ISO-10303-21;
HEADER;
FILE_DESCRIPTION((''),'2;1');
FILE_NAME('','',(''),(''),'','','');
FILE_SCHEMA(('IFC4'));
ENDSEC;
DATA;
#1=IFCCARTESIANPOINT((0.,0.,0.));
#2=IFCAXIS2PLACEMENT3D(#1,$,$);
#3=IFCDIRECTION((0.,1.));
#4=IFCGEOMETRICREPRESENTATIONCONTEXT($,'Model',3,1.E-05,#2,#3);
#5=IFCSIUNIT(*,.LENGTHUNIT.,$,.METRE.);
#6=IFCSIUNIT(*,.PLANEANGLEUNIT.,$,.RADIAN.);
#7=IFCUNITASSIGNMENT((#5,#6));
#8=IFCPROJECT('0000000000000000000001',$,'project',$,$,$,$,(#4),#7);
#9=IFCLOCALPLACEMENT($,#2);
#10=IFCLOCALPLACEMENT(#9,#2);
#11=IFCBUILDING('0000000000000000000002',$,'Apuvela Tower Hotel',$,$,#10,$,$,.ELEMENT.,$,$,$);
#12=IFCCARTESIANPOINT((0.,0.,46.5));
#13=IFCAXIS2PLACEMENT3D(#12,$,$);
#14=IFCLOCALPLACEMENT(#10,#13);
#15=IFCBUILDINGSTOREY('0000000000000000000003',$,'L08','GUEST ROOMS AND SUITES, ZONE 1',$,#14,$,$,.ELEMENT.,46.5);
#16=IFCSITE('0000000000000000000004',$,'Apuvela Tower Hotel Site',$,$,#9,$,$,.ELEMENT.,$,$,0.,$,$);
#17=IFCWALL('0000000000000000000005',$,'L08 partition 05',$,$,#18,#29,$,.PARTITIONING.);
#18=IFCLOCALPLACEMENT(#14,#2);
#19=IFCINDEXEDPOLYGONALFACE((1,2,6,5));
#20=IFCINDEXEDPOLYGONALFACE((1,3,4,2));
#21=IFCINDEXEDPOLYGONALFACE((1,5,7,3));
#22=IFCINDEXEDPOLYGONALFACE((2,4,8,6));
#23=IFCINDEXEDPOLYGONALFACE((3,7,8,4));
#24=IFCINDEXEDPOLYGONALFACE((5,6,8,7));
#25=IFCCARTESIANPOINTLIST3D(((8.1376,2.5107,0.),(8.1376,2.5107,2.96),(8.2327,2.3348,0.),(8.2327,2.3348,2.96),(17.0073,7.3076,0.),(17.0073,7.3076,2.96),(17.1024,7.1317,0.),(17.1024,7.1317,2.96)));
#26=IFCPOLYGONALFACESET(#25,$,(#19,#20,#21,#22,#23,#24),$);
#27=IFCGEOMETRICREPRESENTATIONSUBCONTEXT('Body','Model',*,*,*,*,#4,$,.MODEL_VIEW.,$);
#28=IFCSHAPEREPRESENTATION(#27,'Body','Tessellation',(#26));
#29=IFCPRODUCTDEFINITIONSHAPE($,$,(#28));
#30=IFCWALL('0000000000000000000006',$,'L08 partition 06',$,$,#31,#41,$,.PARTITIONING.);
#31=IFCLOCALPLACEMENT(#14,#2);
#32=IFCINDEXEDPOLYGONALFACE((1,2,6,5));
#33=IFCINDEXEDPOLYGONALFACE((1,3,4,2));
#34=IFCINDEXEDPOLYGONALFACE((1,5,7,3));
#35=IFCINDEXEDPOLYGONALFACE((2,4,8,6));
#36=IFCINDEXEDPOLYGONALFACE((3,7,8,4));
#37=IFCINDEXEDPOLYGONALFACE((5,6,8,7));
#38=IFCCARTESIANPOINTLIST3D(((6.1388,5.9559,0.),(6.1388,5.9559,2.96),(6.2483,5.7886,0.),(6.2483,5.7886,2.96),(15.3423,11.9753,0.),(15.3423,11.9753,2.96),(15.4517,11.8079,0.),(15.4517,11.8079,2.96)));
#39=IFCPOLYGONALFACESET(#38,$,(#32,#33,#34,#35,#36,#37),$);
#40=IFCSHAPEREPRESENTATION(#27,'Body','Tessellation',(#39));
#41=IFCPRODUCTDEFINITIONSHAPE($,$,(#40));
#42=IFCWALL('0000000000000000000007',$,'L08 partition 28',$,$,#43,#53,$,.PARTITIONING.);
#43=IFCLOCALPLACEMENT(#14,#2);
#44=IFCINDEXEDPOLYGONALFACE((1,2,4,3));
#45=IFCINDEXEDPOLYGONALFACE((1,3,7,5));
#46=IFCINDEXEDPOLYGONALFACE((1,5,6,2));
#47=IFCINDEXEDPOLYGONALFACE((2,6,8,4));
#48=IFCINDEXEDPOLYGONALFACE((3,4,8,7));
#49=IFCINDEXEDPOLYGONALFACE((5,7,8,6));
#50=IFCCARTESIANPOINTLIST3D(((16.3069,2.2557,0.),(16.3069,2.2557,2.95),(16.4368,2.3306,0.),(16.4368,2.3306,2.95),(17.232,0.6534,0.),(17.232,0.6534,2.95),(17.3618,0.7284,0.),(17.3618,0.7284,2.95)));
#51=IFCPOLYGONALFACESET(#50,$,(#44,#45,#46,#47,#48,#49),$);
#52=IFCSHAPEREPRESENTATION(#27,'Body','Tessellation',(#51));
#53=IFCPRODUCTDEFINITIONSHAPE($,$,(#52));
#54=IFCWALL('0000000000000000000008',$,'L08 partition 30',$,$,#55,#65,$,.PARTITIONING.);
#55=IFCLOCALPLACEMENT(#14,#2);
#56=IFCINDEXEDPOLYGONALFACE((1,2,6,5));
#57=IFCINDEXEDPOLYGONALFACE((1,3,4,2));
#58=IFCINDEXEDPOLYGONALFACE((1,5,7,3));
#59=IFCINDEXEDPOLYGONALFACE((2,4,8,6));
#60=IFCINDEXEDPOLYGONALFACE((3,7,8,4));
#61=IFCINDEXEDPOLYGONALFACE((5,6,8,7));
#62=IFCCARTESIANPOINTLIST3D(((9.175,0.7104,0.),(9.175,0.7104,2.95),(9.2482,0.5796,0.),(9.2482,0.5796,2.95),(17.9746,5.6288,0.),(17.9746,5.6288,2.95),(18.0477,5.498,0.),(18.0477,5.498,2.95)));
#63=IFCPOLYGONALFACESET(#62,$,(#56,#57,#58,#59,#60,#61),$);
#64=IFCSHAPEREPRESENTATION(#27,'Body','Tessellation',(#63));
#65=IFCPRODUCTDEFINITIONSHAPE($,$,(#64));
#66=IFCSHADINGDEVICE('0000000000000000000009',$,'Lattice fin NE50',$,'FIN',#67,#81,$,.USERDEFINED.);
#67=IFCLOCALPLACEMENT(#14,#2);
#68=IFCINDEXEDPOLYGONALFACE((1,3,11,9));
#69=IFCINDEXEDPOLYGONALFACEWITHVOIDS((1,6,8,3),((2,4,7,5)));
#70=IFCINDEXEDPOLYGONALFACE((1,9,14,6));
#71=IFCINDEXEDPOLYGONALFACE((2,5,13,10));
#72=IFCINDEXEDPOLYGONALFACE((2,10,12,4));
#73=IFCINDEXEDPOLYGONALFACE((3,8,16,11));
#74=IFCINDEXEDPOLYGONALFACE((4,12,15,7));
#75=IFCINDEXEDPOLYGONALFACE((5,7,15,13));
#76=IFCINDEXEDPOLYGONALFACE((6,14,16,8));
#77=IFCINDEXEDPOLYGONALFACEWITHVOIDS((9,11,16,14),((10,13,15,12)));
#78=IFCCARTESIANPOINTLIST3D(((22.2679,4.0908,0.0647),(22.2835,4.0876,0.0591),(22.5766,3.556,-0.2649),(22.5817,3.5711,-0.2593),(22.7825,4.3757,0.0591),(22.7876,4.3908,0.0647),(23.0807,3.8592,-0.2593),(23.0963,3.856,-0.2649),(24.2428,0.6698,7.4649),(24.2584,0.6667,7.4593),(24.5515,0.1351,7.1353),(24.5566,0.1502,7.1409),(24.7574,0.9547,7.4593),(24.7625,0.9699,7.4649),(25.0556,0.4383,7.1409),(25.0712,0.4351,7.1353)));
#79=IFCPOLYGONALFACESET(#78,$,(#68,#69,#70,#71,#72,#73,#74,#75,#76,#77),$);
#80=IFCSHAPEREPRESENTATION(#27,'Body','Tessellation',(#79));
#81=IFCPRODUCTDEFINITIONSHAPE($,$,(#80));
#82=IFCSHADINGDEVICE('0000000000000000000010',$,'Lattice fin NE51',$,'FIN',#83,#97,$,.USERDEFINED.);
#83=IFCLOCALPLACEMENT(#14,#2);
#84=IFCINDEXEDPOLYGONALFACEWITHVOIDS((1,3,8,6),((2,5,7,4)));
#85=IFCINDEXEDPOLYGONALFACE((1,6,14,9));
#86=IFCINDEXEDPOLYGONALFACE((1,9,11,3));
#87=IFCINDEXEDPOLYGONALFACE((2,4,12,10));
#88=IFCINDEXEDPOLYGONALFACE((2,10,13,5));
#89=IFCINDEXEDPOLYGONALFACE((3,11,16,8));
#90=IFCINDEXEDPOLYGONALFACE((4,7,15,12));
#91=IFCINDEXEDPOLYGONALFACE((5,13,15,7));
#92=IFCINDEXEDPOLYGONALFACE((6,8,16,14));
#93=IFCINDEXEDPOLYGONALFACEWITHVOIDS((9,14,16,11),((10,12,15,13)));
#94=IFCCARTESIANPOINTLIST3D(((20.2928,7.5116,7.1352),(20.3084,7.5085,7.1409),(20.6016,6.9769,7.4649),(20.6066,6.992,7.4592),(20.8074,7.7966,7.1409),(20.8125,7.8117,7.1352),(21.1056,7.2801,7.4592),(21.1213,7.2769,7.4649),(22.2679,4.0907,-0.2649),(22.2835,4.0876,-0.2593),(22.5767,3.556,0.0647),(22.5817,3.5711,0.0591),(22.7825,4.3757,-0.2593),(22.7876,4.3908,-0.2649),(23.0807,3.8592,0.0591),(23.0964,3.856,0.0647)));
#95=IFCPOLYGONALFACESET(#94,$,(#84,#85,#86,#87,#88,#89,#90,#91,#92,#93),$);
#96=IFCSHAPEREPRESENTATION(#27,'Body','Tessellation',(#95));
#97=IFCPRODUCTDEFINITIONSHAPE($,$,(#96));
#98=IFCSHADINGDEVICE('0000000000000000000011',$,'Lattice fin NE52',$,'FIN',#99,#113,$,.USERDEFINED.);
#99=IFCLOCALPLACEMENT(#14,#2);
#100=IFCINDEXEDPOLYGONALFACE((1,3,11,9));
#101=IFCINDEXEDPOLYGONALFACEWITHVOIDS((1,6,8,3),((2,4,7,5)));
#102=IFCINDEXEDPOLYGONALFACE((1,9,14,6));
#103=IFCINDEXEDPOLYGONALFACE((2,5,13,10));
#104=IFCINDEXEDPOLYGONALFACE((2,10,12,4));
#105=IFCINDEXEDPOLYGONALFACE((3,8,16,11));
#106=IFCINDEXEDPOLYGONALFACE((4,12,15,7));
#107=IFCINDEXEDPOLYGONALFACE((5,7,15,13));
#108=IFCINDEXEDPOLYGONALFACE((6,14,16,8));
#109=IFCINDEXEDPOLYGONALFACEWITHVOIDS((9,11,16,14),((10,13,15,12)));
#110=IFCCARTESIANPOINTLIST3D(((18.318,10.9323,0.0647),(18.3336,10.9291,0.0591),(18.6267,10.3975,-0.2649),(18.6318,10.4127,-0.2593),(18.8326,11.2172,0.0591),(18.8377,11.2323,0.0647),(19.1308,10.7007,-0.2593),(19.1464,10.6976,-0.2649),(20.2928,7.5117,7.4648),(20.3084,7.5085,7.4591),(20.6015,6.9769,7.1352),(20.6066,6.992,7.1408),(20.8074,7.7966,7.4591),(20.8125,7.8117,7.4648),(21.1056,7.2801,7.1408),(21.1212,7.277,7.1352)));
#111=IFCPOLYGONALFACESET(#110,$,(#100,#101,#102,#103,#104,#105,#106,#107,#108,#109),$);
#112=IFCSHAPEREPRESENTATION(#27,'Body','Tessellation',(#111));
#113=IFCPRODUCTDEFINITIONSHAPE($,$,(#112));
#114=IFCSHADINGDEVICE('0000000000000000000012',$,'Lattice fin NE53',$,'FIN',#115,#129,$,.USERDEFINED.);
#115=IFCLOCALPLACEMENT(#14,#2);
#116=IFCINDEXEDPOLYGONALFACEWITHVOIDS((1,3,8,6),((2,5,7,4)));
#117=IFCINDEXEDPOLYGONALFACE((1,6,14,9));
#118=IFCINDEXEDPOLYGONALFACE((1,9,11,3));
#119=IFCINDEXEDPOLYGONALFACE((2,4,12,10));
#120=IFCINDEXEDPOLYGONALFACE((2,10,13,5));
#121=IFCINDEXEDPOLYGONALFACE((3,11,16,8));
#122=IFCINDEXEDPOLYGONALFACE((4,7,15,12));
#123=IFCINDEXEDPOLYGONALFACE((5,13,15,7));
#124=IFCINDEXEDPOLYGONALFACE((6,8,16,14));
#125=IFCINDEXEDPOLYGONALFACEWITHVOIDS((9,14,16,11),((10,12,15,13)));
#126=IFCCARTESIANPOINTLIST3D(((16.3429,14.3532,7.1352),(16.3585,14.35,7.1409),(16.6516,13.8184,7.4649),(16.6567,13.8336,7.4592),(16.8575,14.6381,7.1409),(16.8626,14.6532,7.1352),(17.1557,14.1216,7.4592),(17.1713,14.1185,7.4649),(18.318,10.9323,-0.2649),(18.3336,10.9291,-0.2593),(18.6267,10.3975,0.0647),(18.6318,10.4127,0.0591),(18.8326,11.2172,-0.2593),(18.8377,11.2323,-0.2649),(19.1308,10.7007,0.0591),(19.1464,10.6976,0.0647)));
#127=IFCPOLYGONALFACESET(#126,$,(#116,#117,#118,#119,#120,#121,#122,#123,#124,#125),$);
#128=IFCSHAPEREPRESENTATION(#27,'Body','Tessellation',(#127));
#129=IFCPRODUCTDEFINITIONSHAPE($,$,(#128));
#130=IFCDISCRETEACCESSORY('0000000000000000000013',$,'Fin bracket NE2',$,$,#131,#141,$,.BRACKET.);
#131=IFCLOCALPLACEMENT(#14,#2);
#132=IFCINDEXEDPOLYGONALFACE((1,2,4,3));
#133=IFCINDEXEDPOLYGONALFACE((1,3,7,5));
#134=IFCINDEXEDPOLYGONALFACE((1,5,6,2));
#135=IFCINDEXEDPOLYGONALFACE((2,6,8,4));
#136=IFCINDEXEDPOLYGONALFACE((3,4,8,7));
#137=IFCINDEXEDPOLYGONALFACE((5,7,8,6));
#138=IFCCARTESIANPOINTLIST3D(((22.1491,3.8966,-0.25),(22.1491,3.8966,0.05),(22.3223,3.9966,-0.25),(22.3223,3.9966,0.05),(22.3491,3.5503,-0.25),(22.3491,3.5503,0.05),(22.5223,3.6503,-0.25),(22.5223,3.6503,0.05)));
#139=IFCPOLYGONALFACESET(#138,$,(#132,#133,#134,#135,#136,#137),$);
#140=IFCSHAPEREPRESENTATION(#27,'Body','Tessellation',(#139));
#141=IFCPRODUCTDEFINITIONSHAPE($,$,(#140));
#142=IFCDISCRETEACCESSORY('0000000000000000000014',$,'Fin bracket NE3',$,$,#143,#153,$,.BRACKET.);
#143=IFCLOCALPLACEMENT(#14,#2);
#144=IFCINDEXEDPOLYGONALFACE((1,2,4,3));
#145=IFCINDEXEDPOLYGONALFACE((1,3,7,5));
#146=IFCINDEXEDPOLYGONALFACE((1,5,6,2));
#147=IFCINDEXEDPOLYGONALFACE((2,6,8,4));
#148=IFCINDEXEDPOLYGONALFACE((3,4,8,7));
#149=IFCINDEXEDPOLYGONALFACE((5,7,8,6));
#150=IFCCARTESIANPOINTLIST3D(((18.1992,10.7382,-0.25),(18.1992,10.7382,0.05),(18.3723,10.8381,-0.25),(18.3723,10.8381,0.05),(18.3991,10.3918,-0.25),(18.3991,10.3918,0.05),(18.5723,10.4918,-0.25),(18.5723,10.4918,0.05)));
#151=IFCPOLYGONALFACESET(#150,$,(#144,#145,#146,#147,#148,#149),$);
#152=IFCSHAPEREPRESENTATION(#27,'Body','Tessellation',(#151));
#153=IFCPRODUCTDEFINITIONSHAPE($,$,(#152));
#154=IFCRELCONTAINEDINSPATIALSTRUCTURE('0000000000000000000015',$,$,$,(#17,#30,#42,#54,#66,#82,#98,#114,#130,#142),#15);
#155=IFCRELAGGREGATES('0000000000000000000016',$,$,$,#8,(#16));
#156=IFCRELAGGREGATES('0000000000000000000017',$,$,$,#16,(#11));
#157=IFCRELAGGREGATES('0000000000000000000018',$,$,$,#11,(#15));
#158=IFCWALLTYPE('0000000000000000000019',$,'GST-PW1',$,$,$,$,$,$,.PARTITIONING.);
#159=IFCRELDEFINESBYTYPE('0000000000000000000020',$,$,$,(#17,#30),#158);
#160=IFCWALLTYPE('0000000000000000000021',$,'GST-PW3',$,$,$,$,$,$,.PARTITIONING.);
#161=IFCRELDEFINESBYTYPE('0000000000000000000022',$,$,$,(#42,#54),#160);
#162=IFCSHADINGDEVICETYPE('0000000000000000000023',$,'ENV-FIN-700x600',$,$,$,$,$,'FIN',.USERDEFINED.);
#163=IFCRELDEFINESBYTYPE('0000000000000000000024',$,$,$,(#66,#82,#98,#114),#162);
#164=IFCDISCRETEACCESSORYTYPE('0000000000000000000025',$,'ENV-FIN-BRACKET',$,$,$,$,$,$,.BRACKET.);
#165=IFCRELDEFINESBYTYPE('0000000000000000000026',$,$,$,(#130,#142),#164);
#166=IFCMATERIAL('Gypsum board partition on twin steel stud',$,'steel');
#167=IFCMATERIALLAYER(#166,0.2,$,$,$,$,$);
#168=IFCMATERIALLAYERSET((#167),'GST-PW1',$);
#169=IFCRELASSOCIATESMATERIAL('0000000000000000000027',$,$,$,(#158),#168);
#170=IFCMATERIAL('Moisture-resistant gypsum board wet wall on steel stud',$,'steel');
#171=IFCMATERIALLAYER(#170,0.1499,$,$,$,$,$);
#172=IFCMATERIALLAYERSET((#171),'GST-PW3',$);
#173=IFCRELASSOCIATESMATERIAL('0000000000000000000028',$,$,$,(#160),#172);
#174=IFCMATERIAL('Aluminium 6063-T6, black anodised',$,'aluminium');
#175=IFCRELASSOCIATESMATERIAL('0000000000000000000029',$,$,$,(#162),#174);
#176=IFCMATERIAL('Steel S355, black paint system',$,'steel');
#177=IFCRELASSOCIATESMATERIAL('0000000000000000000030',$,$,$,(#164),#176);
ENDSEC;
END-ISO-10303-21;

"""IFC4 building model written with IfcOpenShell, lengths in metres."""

from ifc_helpers import new_model, si_unit, direction, frame, frame_2d, origin, origin_2d, place, context, subcontext, project, spatial, rectangle, hollow_rectangle, extrude, material, layer, layer_set, material_profile, profile_set, type_object, element, save


model = new_model("IFC4")

# Units and contexts
model_context = context("Model", 3, precision=1e-05, world=origin(), true_north=direction((0.0, 1.0)))
body_context = subcontext(model_context, "Body", "Model", "MODEL_VIEW")
ifc_project = project(units=[si_unit("LENGTHUNIT", "METRE"), si_unit("PLANEANGLEUNIT", "RADIAN")], contexts=[model_context])

# Site, building, storey
site_placement = place(None, origin())
site = spatial("IfcSite", under=ifc_project, at=site_placement, Name="Apuvela Tower Hotel Site", CompositionType="ELEMENT", RefElevation=0.0)
building_placement = place(site_placement, origin())
building = spatial("IfcBuilding", under=site, at=building_placement, Name="Apuvela Tower Hotel", CompositionType="ELEMENT")
storey_placement = place(building_placement, frame((0.0, 0.0, 46.5)))
storey = spatial("IfcBuildingStorey", under=building, at=storey_placement, Name="L08", Description="GUEST ROOMS AND SUITES, ZONE 1", CompositionType="ELEMENT", Elevation=46.5)

# Walls
ifc_material_1 = material(Name="Gypsum board partition on twin steel stud", Category="steel")
ifc_layer_1 = layer(ifc_material_1, 0.2)
ifc_layer_set_1 = layer_set([ifc_layer_1], Name="GST-PW1")
wall_type_1 = type_object("IfcWallType", Name="GST-PW1", PredefinedType="PARTITIONING", material=ifc_layer_set_1)
wall_1_placement = place(storey_placement, frame((17.0549, 7.2197, 0.0), z_axis=(0.0, 0.0, 1.0), x_axis=(-0.879604, -0.475707, 0.0)))
element("IfcWall", 1, at=wall_1_placement, inside=storey, type_object=wall_type_1, Name="L08 partition 05", PredefinedType="PARTITIONING", context=body_context, shape_type="SweptSolid", body=[
    extrude(rectangle(XDim=10.0837, YDim=0.2, at=frame_2d((5.042, 0.0))), origin(), (0.0, 0.0, 1.0), 2.96),
])
wall_2_placement = place(storey_placement, frame((15.397, 11.8916, 0.0), z_axis=(0.0, 0.0, 1.0), x_axis=(-0.836899, -0.547358, 0.0)))
element("IfcWall", 2, at=wall_2_placement, inside=storey, type_object=wall_type_1, Name="L08 partition 06", PredefinedType="PARTITIONING", context=body_context, shape_type="SweptSolid", body=[
    extrude(rectangle(XDim=10.9971, YDim=0.2, at=frame_2d((5.4985, 0.0))), origin(), (0.0, 0.0, 1.0), 2.96),
])
ifc_material_2 = material(Name="Moisture-resistant gypsum board wet wall on steel stud", Category="steel")
ifc_layer_2 = layer(ifc_material_2, 0.1499)
ifc_layer_set_2 = layer_set([ifc_layer_2], Name="GST-PW3")
wall_type_2 = type_object("IfcWallType", Name="GST-PW3", PredefinedType="PARTITIONING", material=ifc_layer_set_2)
wall_3_placement = place(storey_placement, frame((17.2969, 0.6909, 0.0), z_axis=(0.0, 0.0, 1.0), x_axis=(-0.499985, 0.866034, 0.0)))
element("IfcWall", 3, at=wall_3_placement, inside=storey, type_object=wall_type_2, Name="L08 partition 28", PredefinedType="PARTITIONING", context=body_context, shape_type="SweptSolid", body=[
    extrude(rectangle(XDim=1.8501, YDim=0.1499, at=frame_2d((0.925, 0.0))), origin(), (0.0, 0.0, 1.0), 2.95),
])
wall_4_placement = place(storey_placement, frame((18.0112, 5.5635, 0.0), z_axis=(0.0, 0.0, 1.0), x_axis=(-0.872899, -0.487901, 0.0)))
element("IfcWall", 4, at=wall_4_placement, inside=storey, type_object=wall_type_2, Name="L08 partition 30", PredefinedType="PARTITIONING", context=body_context, shape_type="SweptSolid", body=[
    extrude(rectangle(XDim=10.0808, YDim=0.1499, at=frame_2d((5.0405, 0.0))), origin(), (0.0, 0.0, 1.0), 2.95),
])

# Shading devices
ifc_material_3 = material(Name="Aluminium 6063-T6, black anodised", Category="aluminium")
ifc_material_profile_1 = material_profile(ifc_material_3, hollow_rectangle(XDim=0.6001, YDim=0.7, WallThickness=0.012, at=origin_2d()), Name="AL BOX 700x600x12")
ifc_profile_set_1 = profile_set([ifc_material_profile_1], Name="Aluminium 6063-T6, black anodised")
shading_device_type = type_object("IfcShadingDeviceType", Name="ENV-FIN-700x600", ElementType="FIN", PredefinedType="USERDEFINED", material=ifc_profile_set_1)
for number, where, z_axis, x_axis, name in (
    (5, (22.6821, 3.9734, -0.1001), (0.235428, -0.407814, 0.882191), (0.866048, 0.499961, 0.0), "Lattice fin NE50"),
    (6, (22.6821, 3.9734, -0.1001), (-0.235455, 0.407812, 0.882185), (-0.866021, -0.500008, 0.0), "Lattice fin NE51"),
):
    element("IfcShadingDevice", number, at=place(storey_placement, frame(where, z_axis=z_axis, x_axis=x_axis)), inside=storey, type_object=shading_device_type, Name=name, ObjectType="FIN", PredefinedType="USERDEFINED", context=body_context, shape_type="SweptSolid", body=[
        extrude(hollow_rectangle(XDim=0.6001, YDim=0.7, WallThickness=0.012, at=origin_2d()), origin(), (0.0, 0.0, 1.0), 8.3884),
    ])
shading_device_1_placement = place(storey_placement, frame((18.7322, 10.8149, -0.1001), z_axis=(0.23543, -0.40779, 0.882202), x_axis=(0.866032, 0.499988, 0.0)))
element("IfcShadingDevice", 7, at=shading_device_1_placement, inside=storey, type_object=shading_device_type, Name="Lattice fin NE52", ObjectType="FIN", PredefinedType="USERDEFINED", context=body_context, shape_type="SweptSolid", body=[
    extrude(hollow_rectangle(XDim=0.6001, YDim=0.7, WallThickness=0.012, at=origin_2d()), origin(), (0.0, 0.0, 1.0), 8.3882),
])
shading_device_2_placement = place(storey_placement, frame((18.7322, 10.8149, -0.1001), z_axis=(-0.235455, 0.407812, 0.882185), x_axis=(-0.866021, -0.500008, 0.0)))
element("IfcShadingDevice", 8, at=shading_device_2_placement, inside=storey, type_object=shading_device_type, Name="Lattice fin NE53", ObjectType="FIN", PredefinedType="USERDEFINED", context=body_context, shape_type="SweptSolid", body=[
    extrude(hollow_rectangle(XDim=0.6001, YDim=0.7, WallThickness=0.012, at=origin_2d()), origin(), (0.0, 0.0, 1.0), 8.3884),
])

# Discrete accessories
ifc_material_4 = material(Name="Steel S355, black paint system", Category="steel")
discrete_accessory_type = type_object("IfcDiscreteAccessoryType", Name="ENV-FIN-BRACKET", PredefinedType="BRACKET", material=ifc_material_4)
for number, where, z_axis, x_axis, name in (
    (9, (22.3357, 3.7734, -0.25), (0.0, 0.0, 1.0), (-0.5, 0.866025, 0.0), "Fin bracket NE2"),
    (10, (18.3857, 10.615, -0.25), (0.0, 0.0, 1.0), (-0.5, 0.866025, 0.0), "Fin bracket NE3"),
):
    element("IfcDiscreteAccessory", number, at=place(storey_placement, frame(where, z_axis=z_axis, x_axis=x_axis)), inside=storey, type_object=discrete_accessory_type, Name=name, PredefinedType="BRACKET", context=body_context, shape_type="SweptSolid", body=[
        extrude(rectangle(XDim=0.3999, YDim=0.2, at=origin_2d()), origin(), (0.0, 0.0, 1.0), 0.3),
    ])

save(model, "model.ifc")
